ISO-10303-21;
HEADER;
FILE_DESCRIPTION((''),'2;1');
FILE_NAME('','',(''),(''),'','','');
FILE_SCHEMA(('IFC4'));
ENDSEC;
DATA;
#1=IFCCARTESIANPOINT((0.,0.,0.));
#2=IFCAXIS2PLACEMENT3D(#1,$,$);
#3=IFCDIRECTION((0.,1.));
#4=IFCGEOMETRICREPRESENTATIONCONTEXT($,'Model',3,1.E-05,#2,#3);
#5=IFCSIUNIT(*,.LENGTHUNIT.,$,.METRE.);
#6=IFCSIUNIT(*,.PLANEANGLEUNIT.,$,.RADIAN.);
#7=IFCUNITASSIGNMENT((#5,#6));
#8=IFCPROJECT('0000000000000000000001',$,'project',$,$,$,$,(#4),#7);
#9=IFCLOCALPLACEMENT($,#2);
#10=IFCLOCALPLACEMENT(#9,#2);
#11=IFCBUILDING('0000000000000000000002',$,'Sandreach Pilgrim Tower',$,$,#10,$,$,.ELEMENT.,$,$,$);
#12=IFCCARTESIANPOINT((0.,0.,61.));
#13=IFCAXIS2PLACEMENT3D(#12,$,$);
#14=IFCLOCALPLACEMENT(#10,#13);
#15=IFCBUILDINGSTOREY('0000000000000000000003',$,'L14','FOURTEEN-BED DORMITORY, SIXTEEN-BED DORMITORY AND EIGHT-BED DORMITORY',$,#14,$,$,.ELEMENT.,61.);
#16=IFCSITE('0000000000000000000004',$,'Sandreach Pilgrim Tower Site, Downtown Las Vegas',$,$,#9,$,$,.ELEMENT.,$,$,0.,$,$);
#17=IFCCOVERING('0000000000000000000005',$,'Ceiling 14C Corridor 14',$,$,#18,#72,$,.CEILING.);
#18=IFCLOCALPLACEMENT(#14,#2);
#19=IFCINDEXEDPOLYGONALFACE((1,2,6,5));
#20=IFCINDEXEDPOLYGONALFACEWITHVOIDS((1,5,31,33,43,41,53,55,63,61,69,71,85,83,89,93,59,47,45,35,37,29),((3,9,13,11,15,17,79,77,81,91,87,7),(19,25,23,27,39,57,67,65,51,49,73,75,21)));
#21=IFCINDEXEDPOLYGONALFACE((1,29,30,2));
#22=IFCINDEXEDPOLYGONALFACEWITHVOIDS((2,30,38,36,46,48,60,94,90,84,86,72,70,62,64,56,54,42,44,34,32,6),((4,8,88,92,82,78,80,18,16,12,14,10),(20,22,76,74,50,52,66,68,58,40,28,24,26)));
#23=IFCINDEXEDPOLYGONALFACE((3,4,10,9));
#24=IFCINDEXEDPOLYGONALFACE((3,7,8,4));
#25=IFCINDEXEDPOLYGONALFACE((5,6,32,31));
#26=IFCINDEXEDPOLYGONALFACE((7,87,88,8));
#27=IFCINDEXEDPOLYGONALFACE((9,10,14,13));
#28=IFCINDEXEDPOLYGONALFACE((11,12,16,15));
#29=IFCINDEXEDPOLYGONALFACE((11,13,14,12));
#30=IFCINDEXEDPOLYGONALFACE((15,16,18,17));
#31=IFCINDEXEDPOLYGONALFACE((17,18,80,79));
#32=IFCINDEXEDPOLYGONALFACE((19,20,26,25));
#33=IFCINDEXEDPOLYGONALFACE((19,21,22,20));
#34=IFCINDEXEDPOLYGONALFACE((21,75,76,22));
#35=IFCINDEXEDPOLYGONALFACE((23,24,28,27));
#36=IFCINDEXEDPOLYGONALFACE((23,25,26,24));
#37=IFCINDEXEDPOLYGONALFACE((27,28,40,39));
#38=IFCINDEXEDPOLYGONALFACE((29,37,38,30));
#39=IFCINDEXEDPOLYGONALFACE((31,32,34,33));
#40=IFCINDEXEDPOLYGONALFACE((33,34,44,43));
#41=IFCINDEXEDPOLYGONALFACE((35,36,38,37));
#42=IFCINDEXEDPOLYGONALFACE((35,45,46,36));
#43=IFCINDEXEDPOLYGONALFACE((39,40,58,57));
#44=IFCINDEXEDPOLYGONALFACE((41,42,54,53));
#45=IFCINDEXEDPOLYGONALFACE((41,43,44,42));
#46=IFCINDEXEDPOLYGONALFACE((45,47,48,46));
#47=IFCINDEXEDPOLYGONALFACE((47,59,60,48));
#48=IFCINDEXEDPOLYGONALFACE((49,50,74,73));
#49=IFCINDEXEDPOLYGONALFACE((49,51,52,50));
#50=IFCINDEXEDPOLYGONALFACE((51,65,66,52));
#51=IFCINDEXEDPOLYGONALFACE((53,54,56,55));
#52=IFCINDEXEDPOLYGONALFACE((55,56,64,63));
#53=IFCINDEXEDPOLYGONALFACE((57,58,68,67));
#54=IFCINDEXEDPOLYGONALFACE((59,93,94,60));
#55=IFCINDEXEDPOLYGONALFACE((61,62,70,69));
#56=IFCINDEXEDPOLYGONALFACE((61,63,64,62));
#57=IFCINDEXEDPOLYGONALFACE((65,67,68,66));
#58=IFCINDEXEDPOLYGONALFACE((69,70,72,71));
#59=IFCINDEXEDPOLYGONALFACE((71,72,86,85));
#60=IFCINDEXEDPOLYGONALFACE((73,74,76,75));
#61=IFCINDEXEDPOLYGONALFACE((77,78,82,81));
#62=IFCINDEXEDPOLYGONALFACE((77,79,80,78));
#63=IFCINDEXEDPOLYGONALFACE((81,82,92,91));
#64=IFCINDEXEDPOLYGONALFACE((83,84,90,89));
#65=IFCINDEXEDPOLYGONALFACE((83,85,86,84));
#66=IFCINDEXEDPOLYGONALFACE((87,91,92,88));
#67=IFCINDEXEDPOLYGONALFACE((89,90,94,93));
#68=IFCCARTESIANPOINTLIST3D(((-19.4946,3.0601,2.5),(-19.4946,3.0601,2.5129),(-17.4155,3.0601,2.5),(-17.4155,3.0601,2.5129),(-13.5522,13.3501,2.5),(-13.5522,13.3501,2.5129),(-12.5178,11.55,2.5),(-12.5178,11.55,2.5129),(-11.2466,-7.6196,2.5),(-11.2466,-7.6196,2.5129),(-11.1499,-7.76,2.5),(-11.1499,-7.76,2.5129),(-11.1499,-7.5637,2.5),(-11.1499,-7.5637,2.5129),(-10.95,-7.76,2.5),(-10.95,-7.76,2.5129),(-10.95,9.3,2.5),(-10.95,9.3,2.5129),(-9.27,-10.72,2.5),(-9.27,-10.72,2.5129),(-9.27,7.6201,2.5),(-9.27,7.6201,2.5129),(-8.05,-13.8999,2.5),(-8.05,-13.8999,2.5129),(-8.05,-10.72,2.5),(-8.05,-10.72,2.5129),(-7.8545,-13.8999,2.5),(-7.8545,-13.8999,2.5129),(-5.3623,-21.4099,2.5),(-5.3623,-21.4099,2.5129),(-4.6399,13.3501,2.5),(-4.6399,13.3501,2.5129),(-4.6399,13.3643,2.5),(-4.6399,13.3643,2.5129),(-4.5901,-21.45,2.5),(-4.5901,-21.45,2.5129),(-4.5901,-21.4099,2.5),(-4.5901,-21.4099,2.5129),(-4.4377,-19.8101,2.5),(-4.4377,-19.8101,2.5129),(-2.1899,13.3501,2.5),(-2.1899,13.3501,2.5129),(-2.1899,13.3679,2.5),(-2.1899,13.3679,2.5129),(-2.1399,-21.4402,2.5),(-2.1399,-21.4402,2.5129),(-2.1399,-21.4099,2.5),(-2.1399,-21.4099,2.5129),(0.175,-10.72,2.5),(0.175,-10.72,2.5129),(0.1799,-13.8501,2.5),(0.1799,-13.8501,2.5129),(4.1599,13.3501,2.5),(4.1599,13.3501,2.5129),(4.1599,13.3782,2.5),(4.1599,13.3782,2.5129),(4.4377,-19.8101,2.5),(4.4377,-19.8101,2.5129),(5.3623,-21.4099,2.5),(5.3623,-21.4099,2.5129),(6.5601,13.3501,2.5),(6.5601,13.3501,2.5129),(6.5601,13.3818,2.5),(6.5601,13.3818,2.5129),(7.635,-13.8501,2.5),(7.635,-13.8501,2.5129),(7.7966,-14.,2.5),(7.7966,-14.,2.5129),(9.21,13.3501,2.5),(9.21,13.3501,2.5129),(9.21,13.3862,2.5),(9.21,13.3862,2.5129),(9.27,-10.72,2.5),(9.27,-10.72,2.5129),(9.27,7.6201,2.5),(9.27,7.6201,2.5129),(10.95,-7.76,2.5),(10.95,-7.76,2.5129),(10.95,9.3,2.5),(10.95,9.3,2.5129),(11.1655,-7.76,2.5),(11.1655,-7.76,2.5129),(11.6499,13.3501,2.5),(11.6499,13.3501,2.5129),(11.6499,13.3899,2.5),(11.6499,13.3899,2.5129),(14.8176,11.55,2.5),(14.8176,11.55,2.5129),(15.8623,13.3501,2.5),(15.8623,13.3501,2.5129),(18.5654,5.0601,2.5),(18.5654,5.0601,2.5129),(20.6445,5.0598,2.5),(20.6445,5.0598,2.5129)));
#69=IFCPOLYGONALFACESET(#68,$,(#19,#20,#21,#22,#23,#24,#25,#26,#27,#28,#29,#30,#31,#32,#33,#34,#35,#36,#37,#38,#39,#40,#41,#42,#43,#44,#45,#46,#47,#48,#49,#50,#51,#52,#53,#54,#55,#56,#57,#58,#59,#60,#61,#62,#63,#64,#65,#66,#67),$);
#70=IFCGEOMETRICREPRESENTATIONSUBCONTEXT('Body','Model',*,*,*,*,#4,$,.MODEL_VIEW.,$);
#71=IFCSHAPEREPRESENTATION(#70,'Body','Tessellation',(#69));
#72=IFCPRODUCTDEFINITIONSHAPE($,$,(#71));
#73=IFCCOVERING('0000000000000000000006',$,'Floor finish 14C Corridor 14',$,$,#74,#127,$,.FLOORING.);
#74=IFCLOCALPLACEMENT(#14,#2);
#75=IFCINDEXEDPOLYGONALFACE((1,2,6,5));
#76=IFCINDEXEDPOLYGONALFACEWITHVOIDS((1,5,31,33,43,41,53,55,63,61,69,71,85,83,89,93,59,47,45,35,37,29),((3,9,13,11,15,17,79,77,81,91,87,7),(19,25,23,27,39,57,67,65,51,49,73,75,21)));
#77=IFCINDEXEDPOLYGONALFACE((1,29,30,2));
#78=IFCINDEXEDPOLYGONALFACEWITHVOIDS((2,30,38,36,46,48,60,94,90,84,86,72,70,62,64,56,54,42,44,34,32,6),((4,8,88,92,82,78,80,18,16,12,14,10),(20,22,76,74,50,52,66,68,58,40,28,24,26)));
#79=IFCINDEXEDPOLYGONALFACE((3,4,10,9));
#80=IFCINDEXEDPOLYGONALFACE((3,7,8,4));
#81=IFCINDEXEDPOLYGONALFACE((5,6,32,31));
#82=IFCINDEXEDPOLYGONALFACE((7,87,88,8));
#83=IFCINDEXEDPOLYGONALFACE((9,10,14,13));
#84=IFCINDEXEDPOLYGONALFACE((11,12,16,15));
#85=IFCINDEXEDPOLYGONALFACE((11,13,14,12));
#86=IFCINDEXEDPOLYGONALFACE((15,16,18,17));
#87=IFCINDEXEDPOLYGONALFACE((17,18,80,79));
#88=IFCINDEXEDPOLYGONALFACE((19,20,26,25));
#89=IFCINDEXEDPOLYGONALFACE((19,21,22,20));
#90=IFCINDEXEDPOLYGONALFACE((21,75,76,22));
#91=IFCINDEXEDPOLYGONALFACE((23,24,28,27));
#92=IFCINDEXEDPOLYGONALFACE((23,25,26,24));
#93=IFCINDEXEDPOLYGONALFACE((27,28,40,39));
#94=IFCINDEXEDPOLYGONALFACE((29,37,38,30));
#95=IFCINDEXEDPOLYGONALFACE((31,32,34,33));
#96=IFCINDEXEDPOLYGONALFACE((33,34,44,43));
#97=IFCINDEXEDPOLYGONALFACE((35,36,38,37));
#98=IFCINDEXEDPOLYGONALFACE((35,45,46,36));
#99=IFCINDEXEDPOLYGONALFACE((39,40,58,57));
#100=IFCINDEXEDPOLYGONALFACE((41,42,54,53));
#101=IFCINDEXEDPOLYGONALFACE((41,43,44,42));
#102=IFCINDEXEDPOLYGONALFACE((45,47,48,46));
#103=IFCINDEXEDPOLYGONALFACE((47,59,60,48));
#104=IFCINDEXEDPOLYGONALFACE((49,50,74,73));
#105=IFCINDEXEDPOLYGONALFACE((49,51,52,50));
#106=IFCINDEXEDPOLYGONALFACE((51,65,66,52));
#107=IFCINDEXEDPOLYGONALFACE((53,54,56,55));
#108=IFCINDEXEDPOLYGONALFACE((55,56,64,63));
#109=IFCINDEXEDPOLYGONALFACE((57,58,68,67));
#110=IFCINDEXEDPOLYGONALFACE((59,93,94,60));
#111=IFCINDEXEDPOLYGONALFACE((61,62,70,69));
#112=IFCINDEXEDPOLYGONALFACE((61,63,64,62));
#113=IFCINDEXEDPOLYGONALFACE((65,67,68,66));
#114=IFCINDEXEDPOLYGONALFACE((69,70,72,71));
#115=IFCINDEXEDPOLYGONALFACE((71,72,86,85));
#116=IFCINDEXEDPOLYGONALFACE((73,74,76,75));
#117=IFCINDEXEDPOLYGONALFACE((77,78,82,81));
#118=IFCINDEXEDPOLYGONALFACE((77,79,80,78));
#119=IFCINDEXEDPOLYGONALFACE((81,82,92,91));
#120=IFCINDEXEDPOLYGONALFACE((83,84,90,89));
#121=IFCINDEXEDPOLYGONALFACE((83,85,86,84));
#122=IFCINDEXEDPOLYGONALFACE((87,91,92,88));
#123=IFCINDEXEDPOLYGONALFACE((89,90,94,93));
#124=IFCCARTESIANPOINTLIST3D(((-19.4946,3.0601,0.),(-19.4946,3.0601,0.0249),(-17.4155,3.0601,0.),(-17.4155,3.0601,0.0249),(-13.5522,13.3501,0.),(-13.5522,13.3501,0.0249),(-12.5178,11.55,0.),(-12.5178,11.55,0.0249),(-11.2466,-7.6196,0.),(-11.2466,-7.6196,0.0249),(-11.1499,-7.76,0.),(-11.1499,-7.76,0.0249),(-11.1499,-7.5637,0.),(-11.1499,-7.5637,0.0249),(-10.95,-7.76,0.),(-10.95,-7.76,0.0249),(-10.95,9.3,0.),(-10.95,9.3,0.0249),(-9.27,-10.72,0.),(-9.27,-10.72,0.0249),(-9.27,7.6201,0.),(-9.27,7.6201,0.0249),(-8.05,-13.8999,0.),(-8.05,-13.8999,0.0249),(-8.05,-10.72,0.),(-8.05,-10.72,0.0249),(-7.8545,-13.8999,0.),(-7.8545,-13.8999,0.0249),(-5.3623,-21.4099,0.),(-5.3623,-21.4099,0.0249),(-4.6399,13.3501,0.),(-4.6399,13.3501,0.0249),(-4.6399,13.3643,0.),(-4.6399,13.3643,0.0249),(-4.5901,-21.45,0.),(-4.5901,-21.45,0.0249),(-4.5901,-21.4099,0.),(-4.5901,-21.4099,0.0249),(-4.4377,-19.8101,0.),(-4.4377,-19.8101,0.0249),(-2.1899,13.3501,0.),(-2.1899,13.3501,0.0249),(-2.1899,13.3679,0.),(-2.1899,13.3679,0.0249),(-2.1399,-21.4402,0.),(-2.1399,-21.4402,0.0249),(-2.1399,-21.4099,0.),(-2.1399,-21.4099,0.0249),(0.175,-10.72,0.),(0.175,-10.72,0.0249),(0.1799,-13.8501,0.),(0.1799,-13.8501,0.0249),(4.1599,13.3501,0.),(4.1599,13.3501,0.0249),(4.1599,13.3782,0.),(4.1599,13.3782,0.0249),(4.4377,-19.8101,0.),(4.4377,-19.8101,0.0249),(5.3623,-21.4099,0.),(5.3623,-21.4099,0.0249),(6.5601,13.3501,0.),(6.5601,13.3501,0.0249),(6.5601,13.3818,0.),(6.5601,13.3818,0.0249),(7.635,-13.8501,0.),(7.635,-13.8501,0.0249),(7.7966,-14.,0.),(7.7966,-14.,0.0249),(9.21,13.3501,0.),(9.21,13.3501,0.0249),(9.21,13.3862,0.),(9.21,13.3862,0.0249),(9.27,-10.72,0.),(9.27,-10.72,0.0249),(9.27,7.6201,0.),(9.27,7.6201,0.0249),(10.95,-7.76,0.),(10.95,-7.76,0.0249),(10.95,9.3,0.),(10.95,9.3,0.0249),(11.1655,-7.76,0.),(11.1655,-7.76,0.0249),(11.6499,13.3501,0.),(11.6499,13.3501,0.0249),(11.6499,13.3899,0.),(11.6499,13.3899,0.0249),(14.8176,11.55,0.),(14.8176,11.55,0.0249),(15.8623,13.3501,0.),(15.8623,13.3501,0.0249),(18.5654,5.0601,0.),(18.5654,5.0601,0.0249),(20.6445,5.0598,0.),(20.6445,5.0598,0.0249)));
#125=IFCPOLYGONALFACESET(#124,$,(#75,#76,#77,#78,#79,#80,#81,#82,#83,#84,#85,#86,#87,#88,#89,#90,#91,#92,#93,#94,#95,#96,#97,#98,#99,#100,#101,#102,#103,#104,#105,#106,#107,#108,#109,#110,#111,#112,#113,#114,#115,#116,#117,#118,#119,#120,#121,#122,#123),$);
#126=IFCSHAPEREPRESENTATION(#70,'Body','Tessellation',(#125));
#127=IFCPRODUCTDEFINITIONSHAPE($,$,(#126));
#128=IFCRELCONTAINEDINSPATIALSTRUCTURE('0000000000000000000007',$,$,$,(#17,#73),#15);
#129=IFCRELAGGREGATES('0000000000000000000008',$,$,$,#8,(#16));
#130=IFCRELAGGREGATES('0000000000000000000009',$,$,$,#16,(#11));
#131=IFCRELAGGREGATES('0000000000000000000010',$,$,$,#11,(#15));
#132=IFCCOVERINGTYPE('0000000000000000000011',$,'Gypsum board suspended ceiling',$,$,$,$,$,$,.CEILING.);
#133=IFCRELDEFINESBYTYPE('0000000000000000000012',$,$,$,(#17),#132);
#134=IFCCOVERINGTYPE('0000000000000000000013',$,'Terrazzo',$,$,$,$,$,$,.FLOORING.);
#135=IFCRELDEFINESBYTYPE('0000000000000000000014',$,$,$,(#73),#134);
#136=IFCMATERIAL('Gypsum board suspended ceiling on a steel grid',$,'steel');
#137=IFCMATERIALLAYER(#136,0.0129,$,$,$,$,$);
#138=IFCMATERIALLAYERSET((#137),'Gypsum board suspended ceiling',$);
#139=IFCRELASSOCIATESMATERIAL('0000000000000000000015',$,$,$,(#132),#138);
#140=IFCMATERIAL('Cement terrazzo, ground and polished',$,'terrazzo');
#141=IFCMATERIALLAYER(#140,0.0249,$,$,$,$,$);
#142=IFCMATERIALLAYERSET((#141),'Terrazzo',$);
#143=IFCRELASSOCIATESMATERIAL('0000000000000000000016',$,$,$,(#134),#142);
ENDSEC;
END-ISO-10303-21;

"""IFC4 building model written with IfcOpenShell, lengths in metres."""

from ifc_helpers import new_model, si_unit, direction, frame, origin, place, context, subcontext, project, spatial, polyline, outline, extrude, material, layer, layer_set, type_object, element, save


model = new_model("IFC4")

# Units and contexts
model_context = context("Model", 3, precision=1e-05, world=origin(), true_north=direction((0.0, 1.0)))
body_context = subcontext(model_context, "Body", "Model", "MODEL_VIEW")
ifc_project = project(units=[si_unit("LENGTHUNIT", "METRE"), si_unit("PLANEANGLEUNIT", "RADIAN")], contexts=[model_context])

# Site, building, storey
site_placement = place(None, origin())
site = spatial("IfcSite", under=ifc_project, at=site_placement, Name="Sandreach Pilgrim Tower Site, Downtown Las Vegas", CompositionType="ELEMENT", RefElevation=0.0)
building_placement = place(site_placement, origin())
building = spatial("IfcBuilding", under=site, at=building_placement, Name="Sandreach Pilgrim Tower", CompositionType="ELEMENT")
storey_placement = place(building_placement, frame((0.0, 0.0, 61.0)))
storey = spatial("IfcBuildingStorey", under=building, at=storey_placement, Name="L14", Description="FOURTEEN-BED DORMITORY, SIXTEEN-BED DORMITORY AND EIGHT-BED DORMITORY", CompositionType="ELEMENT", Elevation=61.0)

# Coverings
ifc_material_1 = material(Name="Gypsum board suspended ceiling on a steel grid", Category="steel")
ifc_layer_1 = layer(ifc_material_1, 0.0129)
ifc_layer_set_1 = layer_set([ifc_layer_1], Name="Gypsum board suspended ceiling")
covering_type_1 = type_object("IfcCoveringType", Name="Gypsum board suspended ceiling", PredefinedType="CEILING", material=ifc_layer_set_1)
covering_1_placement = place(storey_placement, frame((0.0, 0.0, 2.5)))
element("IfcCovering", 1, at=covering_1_placement, inside=storey, type_object=covering_type_1, Name="Ceiling 14C Corridor 14", PredefinedType="CEILING", context=body_context, shape_type="SweptSolid", body=[
    extrude(outline(polyline([(-19.4946, 3.0601), (-13.5522, 13.3501), (-4.6399, 13.3501), (-4.6399, 13.3643), (-2.1899, 13.3679), (-2.1899, 13.3501), (4.1599, 13.3501), (4.1599, 13.3782), (6.5601, 13.3818), (6.5601, 13.3501), (9.21, 13.3501), (9.21, 13.3862), (11.6499, 13.3899), (11.6499, 13.3501), (15.8623, 13.3501), (20.6445, 5.0598), (5.3623, -21.4099), (-2.1399, -21.4099), (-2.1399, -21.4402), (-4.5901, -21.45), (-4.5901, -21.4099), (-5.3623, -21.4099), (-19.4946, 3.0601)]), holes=[polyline([(-17.4155, 3.0601), (-11.2466, -7.6196), (-11.1499, -7.5637), (-11.1499, -7.76), (-10.95, -7.76), (-10.95, 9.3), (10.95, 9.3), (10.95, -7.76), (11.1655, -7.76), (18.5654, 5.0601), (14.8176, 11.55), (-12.5178, 11.55), (-17.4155, 3.0601)]), polyline([(-8.05, -10.72), (-8.05, -13.8999), (-7.8545, -13.8999), (-4.4377, -19.8101), (4.4377, -19.8101), (7.7966, -14.0), (7.635, -13.8501), (0.1799, -13.8501), (0.175, -10.72), (9.27, -10.72), (9.27, 7.6201), (-9.27, 7.6201), (-9.27, -10.72), (-8.05, -10.72)])]), origin(), (0.0, 0.0, 1.0), 0.0129),
])
ifc_material_2 = material(Name="Cement terrazzo, ground and polished", Category="terrazzo")
ifc_layer_2 = layer(ifc_material_2, 0.0249)
ifc_layer_set_2 = layer_set([ifc_layer_2], Name="Terrazzo")
covering_type_2 = type_object("IfcCoveringType", Name="Terrazzo", PredefinedType="FLOORING", material=ifc_layer_set_2)
covering_2_placement = place(storey_placement, origin())
element("IfcCovering", 2, at=covering_2_placement, inside=storey, type_object=covering_type_2, Name="Floor finish 14C Corridor 14", PredefinedType="FLOORING", context=body_context, shape_type="SweptSolid", body=[
    extrude(outline(polyline([(-19.4946, 3.0601), (-13.5522, 13.3501), (-4.6399, 13.3501), (-4.6399, 13.3643), (-2.1899, 13.3679), (-2.1899, 13.3501), (4.1599, 13.3501), (4.1599, 13.3782), (6.5601, 13.3818), (6.5601, 13.3501), (9.21, 13.3501), (9.21, 13.3862), (11.6499, 13.3899), (11.6499, 13.3501), (15.8623, 13.3501), (20.6445, 5.0598), (5.3623, -21.4099), (-2.1399, -21.4099), (-2.1399, -21.4402), (-4.5901, -21.45), (-4.5901, -21.4099), (-5.3623, -21.4099), (-19.4946, 3.0601)]), holes=[polyline([(-17.4155, 3.0601), (-11.2466, -7.6196), (-11.1499, -7.5637), (-11.1499, -7.76), (-10.95, -7.76), (-10.95, 9.3), (10.95, 9.3), (10.95, -7.76), (11.1655, -7.76), (18.5654, 5.0601), (14.8176, 11.55), (-12.5178, 11.55), (-17.4155, 3.0601)]), polyline([(-8.05, -10.72), (-8.05, -13.8999), (-7.8545, -13.8999), (-4.4377, -19.8101), (4.4377, -19.8101), (7.7966, -14.0), (7.635, -13.8501), (0.1799, -13.8501), (0.175, -10.72), (9.27, -10.72), (9.27, 7.6201), (-9.27, 7.6201), (-9.27, -10.72), (-8.05, -10.72)])]), origin(), (0.0, 0.0, 1.0), 0.0249),
])

save(model, "model.ifc")
